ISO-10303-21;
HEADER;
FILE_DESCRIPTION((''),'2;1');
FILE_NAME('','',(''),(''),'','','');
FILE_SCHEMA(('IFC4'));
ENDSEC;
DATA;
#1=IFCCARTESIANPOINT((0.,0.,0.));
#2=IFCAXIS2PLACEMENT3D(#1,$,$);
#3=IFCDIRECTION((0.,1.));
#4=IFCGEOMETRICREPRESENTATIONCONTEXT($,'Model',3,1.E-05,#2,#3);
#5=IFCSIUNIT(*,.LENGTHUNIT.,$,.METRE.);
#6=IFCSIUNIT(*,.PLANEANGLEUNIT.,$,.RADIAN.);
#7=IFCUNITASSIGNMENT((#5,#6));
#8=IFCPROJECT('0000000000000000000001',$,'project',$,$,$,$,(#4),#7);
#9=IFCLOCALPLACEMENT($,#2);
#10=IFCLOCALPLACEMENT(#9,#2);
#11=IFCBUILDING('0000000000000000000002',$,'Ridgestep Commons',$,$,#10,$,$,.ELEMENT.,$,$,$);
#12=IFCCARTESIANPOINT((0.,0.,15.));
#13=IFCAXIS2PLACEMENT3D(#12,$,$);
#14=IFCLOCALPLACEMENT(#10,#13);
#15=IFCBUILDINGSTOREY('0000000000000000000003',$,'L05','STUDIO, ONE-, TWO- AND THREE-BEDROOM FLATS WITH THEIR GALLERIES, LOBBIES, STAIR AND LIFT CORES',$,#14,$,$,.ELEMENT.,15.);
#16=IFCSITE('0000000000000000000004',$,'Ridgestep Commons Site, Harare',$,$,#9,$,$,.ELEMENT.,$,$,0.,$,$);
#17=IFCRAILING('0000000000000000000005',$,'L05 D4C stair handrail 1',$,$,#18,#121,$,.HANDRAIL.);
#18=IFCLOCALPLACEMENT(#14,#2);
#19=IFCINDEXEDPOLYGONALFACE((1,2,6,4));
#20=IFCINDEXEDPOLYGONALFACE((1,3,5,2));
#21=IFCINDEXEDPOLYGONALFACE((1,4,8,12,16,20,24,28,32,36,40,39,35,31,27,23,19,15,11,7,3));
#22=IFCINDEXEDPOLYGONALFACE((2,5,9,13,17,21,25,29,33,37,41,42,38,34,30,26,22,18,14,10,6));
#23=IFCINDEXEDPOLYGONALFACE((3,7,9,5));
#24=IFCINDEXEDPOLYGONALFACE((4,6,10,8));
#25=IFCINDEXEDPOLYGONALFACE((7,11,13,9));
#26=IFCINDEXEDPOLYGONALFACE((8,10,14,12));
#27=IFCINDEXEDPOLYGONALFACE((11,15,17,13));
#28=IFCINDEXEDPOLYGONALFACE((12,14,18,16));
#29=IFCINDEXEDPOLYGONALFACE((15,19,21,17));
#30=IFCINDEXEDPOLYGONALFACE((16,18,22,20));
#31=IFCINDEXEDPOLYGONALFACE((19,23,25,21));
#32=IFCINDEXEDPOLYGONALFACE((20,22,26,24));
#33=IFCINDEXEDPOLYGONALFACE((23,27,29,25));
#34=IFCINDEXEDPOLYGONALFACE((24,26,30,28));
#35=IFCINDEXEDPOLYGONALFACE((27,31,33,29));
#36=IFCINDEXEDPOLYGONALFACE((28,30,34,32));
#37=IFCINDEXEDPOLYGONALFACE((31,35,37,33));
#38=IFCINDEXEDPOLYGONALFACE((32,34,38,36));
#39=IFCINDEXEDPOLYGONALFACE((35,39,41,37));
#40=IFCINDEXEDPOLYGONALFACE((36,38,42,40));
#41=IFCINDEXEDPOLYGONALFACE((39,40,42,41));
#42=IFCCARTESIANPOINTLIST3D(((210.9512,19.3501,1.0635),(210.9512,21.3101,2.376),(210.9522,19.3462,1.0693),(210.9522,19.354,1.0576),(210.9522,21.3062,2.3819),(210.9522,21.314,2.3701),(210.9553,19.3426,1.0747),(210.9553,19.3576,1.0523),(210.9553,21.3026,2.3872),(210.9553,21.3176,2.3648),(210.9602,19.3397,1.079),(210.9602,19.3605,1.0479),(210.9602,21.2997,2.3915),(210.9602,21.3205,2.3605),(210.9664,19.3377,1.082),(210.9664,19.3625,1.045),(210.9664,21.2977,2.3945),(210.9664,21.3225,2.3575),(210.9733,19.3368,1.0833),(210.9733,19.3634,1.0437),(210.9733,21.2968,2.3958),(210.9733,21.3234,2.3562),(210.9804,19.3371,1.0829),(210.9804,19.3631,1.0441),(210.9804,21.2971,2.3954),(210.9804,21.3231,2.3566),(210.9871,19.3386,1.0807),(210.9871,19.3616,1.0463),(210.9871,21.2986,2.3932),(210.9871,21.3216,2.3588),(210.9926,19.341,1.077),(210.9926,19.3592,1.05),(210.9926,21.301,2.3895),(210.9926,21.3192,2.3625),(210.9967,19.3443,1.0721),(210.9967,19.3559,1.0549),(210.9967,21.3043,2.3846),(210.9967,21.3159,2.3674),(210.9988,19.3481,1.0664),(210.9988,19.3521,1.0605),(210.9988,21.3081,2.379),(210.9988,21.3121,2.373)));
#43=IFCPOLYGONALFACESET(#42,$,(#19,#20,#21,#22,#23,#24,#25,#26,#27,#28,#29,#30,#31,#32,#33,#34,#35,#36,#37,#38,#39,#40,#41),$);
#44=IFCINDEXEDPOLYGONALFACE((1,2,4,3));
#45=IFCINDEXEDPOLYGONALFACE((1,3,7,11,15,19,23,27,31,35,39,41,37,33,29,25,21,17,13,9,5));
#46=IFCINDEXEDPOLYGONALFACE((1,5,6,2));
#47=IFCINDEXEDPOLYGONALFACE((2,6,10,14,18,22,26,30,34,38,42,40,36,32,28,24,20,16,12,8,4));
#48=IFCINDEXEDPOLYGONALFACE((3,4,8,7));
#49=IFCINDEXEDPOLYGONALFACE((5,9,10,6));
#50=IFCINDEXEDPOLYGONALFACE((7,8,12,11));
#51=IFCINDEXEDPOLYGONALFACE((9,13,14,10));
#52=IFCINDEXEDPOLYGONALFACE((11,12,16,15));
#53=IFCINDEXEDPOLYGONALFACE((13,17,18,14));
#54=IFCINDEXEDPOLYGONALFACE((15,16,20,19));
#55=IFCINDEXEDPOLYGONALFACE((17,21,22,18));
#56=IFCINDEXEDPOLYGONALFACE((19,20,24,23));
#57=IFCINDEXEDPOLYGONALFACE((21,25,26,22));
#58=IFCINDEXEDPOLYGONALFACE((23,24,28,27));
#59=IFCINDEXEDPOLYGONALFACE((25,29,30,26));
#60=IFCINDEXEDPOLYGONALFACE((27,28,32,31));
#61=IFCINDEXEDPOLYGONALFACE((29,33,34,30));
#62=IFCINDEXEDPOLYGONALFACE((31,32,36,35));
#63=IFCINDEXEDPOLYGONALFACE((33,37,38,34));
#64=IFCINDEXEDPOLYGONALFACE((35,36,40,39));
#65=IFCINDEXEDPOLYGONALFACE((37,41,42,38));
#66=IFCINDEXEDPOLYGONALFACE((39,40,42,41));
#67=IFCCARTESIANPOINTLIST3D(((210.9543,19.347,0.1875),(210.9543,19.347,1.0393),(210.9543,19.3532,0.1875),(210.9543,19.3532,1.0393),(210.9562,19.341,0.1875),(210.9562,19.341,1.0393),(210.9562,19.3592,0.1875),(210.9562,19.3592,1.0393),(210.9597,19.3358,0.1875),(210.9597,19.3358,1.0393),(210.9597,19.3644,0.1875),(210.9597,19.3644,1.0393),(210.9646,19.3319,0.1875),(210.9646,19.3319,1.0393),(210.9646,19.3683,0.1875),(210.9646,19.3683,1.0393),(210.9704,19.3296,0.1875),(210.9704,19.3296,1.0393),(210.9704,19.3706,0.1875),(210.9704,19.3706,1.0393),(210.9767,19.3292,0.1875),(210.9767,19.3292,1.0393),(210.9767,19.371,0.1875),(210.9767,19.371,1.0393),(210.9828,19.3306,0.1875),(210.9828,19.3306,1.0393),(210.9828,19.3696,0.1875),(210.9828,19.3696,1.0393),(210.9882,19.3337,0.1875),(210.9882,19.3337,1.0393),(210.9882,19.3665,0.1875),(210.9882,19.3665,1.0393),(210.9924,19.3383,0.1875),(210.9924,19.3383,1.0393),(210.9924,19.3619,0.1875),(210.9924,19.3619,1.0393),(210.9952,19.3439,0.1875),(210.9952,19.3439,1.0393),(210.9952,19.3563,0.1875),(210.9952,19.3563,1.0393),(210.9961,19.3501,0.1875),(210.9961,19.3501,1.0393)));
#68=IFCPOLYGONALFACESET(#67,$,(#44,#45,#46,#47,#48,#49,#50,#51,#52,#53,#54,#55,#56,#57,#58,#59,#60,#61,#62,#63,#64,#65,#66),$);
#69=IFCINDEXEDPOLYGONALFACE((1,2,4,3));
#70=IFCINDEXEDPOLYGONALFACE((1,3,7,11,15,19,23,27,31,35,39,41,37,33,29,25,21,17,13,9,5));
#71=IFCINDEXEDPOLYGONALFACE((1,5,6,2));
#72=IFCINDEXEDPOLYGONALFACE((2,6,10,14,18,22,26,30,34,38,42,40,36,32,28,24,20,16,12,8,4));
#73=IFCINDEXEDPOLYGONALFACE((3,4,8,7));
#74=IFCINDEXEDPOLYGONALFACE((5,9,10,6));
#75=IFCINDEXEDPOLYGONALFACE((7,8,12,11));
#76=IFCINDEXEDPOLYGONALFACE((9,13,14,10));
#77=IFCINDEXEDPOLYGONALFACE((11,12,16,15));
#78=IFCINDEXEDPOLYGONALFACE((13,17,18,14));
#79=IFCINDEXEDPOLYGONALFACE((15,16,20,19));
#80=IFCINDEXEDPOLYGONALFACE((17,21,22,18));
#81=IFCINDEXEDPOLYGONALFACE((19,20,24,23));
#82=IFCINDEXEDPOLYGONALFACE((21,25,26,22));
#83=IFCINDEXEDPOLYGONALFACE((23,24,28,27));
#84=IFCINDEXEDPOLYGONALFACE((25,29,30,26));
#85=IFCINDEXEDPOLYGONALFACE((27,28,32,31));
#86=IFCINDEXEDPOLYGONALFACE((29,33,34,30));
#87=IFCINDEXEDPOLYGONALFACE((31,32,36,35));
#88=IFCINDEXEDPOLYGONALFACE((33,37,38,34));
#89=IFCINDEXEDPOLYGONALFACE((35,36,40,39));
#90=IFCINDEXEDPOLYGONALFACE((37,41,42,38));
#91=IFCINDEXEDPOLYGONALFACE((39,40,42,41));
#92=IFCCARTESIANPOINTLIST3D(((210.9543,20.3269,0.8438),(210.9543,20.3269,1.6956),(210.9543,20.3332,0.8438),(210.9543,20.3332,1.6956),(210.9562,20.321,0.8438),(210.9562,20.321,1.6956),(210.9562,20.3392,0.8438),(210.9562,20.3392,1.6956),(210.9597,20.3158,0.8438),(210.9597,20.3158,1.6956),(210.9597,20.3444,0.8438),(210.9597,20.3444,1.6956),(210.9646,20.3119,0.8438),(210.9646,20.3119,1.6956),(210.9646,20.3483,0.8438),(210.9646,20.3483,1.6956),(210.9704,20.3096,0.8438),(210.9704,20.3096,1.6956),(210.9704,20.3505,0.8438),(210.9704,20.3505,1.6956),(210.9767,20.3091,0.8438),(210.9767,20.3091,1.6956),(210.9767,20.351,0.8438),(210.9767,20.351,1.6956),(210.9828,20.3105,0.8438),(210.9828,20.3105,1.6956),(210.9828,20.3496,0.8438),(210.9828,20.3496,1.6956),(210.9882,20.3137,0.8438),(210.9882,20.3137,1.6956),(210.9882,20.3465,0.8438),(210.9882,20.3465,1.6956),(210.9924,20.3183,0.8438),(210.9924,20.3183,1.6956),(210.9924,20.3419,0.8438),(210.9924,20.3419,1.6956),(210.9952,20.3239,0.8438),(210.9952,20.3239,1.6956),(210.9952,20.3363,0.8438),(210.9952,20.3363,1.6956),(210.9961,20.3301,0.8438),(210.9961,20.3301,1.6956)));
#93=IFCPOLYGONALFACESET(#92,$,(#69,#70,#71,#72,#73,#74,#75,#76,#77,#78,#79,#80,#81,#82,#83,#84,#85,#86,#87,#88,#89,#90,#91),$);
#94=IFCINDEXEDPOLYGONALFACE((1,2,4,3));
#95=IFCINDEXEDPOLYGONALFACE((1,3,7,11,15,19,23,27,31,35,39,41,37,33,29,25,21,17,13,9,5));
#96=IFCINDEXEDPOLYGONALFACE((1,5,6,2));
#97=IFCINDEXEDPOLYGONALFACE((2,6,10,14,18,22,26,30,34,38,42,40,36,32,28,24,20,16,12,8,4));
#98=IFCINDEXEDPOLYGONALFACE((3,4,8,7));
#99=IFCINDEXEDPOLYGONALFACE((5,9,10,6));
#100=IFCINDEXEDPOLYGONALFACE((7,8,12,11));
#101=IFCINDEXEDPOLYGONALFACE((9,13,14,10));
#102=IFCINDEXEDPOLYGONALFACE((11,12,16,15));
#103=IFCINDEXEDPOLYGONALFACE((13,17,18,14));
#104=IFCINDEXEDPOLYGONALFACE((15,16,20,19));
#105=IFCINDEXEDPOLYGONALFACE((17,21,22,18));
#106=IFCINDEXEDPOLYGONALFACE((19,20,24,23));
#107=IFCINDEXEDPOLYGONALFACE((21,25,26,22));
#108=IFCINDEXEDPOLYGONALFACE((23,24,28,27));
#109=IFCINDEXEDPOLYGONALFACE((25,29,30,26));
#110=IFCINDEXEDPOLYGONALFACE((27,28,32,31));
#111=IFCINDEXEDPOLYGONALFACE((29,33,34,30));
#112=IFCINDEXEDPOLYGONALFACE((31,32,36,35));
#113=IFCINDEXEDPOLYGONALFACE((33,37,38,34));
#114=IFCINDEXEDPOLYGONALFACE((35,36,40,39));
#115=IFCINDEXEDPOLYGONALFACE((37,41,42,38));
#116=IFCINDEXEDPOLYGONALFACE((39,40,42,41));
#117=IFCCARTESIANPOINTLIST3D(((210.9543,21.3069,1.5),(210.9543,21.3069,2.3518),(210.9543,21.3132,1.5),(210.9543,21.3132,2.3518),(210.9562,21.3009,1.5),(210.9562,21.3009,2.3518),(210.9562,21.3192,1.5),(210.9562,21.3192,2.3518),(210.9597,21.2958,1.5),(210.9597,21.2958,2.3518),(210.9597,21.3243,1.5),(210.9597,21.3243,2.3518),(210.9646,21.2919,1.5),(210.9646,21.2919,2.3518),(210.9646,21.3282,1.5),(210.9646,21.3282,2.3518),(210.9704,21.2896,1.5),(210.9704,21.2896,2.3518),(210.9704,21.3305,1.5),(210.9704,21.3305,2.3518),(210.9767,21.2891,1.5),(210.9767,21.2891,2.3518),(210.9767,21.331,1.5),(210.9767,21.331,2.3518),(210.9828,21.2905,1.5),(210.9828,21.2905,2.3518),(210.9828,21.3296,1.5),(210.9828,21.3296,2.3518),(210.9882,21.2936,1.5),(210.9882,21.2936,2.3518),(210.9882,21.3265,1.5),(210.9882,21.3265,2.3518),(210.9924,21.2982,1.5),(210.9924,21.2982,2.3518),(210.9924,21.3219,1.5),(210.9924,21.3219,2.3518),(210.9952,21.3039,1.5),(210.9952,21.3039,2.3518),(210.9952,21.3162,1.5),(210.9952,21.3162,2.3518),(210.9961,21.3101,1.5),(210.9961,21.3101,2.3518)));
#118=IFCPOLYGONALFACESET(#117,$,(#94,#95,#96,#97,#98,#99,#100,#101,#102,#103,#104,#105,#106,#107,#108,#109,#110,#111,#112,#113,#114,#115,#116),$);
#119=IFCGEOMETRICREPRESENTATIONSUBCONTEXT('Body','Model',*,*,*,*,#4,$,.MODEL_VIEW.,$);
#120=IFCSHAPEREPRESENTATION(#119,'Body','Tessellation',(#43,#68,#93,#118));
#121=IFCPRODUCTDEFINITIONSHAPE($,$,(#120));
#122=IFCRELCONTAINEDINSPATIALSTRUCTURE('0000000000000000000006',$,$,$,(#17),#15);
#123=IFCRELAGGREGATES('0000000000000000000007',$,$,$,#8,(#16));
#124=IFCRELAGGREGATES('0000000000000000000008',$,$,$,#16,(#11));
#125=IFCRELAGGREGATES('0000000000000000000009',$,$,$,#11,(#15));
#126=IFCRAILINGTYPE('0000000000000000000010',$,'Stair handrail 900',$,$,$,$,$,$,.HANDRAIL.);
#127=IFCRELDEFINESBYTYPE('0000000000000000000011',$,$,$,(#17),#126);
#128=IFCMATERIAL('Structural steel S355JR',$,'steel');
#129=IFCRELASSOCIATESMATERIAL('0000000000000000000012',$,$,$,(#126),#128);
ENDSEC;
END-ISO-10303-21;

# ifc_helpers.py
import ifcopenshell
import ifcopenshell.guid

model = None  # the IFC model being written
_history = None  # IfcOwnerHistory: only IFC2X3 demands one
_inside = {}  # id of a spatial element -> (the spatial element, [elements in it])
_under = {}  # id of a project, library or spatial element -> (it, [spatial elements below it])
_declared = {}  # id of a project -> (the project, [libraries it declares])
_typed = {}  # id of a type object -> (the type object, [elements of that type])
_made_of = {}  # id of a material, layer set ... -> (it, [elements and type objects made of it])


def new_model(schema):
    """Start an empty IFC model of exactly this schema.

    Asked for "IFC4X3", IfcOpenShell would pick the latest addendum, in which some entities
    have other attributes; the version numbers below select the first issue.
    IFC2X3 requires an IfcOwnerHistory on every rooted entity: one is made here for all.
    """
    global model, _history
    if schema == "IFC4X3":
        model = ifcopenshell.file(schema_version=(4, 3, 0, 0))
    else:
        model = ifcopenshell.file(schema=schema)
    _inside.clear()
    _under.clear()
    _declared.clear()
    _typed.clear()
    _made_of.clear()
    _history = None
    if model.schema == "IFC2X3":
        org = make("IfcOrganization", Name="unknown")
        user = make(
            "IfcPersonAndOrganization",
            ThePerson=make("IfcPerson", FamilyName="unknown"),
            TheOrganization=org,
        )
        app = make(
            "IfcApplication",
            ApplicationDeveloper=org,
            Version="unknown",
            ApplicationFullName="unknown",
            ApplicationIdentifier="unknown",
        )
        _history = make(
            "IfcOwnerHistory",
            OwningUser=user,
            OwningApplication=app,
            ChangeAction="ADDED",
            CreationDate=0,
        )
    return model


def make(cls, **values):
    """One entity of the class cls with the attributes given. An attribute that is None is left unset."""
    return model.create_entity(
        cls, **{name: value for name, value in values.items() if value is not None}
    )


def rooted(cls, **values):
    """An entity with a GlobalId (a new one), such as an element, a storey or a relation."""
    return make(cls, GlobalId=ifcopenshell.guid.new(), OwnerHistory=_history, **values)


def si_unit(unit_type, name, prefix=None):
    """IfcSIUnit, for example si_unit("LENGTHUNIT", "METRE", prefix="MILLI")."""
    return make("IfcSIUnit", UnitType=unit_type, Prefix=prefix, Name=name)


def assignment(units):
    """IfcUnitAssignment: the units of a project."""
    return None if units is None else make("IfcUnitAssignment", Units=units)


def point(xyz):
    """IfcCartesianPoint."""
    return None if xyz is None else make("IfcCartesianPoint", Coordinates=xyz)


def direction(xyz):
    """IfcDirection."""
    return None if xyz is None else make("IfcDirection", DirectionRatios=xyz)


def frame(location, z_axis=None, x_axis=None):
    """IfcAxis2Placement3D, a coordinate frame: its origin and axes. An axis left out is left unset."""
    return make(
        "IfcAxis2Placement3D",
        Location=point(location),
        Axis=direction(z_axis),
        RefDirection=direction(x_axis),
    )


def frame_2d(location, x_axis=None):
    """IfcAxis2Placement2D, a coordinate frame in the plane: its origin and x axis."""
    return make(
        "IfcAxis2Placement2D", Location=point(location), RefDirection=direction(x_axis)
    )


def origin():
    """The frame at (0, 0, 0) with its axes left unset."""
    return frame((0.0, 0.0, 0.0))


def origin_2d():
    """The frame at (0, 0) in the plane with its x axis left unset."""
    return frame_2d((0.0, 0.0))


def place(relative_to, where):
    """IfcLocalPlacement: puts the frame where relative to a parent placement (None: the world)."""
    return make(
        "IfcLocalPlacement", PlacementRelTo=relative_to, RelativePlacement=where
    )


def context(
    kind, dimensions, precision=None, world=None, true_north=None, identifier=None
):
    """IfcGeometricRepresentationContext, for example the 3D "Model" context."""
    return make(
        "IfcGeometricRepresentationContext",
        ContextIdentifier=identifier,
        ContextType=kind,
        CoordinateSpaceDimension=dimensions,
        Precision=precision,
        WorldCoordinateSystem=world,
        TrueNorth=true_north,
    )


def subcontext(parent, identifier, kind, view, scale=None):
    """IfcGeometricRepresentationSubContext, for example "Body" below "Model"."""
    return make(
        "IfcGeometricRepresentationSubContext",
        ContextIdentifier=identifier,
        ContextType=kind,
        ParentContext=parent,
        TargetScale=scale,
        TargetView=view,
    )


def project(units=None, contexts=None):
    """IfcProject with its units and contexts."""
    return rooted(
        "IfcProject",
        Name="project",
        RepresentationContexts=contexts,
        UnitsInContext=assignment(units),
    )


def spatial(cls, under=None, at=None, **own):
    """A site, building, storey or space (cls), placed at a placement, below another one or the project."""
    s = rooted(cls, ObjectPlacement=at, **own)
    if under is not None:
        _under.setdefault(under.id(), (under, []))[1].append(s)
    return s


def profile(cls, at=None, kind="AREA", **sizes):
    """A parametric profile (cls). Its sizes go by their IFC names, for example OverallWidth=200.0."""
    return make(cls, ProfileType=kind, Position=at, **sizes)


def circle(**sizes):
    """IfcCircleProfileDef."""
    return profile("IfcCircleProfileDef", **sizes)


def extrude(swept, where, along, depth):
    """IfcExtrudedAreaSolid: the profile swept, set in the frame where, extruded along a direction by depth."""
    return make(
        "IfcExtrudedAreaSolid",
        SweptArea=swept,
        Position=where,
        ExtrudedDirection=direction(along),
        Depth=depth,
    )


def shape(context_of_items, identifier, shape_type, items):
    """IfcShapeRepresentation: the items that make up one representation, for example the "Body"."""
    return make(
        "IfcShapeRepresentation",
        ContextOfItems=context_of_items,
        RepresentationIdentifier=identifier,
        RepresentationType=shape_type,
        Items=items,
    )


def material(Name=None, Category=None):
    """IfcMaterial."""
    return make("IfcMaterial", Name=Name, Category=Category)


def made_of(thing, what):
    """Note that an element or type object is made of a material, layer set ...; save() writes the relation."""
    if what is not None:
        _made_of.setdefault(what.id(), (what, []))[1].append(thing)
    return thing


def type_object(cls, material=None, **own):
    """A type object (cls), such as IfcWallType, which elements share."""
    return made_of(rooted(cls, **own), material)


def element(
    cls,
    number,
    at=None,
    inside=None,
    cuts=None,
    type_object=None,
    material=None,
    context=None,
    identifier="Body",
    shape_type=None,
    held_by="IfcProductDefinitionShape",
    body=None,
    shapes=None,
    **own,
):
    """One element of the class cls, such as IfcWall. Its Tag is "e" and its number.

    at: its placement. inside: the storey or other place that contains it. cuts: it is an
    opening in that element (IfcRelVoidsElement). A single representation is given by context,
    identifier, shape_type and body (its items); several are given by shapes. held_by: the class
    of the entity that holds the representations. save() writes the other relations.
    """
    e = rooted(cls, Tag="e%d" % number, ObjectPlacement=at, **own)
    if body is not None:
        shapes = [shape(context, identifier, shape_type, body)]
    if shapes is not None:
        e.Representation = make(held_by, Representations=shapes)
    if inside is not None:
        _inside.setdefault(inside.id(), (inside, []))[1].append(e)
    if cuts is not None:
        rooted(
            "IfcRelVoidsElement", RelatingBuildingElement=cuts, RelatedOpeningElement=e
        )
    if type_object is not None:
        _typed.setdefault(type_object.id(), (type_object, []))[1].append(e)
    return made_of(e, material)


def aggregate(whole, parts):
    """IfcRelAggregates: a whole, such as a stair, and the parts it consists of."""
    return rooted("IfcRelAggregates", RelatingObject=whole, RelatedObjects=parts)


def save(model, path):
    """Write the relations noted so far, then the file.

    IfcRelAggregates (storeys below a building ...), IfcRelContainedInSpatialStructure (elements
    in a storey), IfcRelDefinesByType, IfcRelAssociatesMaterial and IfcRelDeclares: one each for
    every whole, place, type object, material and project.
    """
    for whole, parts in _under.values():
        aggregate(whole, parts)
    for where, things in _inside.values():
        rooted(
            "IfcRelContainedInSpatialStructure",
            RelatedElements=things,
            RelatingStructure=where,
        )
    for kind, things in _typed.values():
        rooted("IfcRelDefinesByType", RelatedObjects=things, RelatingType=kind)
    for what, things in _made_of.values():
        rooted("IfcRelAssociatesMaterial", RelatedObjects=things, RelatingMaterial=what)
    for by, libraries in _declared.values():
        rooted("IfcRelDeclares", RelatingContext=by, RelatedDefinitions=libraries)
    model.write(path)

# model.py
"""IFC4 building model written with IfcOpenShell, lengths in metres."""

from ifc_helpers import new_model, si_unit, direction, frame, origin, origin_2d, place, context, subcontext, project, spatial, circle, extrude, material, type_object, element, save


model = new_model("IFC4")

# Units and contexts
model_context = context("Model", 3, precision=1e-05, world=origin(), true_north=direction((0.0, 1.0)))
body_context = subcontext(model_context, "Body", "Model", "MODEL_VIEW")
ifc_project = project(units=[si_unit("LENGTHUNIT", "METRE"), si_unit("PLANEANGLEUNIT", "RADIAN")], contexts=[model_context])

# Site, building, storey
site_placement = place(None, origin())
site = spatial("IfcSite", under=ifc_project, at=site_placement, Name="Ridgestep Commons Site, Harare", CompositionType="ELEMENT", RefElevation=0.0)
building_placement = place(site_placement, origin())
building = spatial("IfcBuilding", under=site, at=building_placement, Name="Ridgestep Commons", CompositionType="ELEMENT")
storey_placement = place(building_placement, frame((0.0, 0.0, 15.0)))
storey = spatial("IfcBuildingStorey", under=building, at=storey_placement, Name="L05", Description="STUDIO, ONE-, TWO- AND THREE-BEDROOM FLATS WITH THEIR GALLERIES, LOBBIES, STAIR AND LIFT CORES", CompositionType="ELEMENT", Elevation=15.0)

# Railing
ifc_material_1 = material(Name="Structural steel S355JR", Category="steel")
railing_type_1 = type_object("IfcRailingType", Name="Stair handrail 900", PredefinedType="HANDRAIL", material=ifc_material_1)
railing_1_placement = place(storey_placement, frame((210.9751, 19.3501, 0.1875)))
element("IfcRailing", 1, at=railing_1_placement, inside=storey, type_object=railing_type_1, Name="L05 D4C stair handrail 1", PredefinedType="HANDRAIL", context=body_context, shape_type="SweptSolid", body=[
    extrude(circle(Radius=0.0239, at=origin_2d()), frame((0.0, 0.0, 0.876), z_axis=(0.0, 0.830902, 0.556419), x_axis=(-1.0, 0.0, 0.0)), (0.0, 0.0, 1.0), 2.3589),
    extrude(circle(Radius=0.021, at=origin_2d()), origin(), (0.0, 0.0, 1.0), 0.8518),
    extrude(circle(Radius=0.021, at=origin_2d()), frame((0.0, 0.98, 0.6562)), (0.0, 0.0, 1.0), 0.8518),
    extrude(circle(Radius=0.021, at=origin_2d()), frame((0.0, 1.96, 1.3125)), (0.0, 0.0, 1.0), 0.8518),
])

save(model, "model.ifc")
